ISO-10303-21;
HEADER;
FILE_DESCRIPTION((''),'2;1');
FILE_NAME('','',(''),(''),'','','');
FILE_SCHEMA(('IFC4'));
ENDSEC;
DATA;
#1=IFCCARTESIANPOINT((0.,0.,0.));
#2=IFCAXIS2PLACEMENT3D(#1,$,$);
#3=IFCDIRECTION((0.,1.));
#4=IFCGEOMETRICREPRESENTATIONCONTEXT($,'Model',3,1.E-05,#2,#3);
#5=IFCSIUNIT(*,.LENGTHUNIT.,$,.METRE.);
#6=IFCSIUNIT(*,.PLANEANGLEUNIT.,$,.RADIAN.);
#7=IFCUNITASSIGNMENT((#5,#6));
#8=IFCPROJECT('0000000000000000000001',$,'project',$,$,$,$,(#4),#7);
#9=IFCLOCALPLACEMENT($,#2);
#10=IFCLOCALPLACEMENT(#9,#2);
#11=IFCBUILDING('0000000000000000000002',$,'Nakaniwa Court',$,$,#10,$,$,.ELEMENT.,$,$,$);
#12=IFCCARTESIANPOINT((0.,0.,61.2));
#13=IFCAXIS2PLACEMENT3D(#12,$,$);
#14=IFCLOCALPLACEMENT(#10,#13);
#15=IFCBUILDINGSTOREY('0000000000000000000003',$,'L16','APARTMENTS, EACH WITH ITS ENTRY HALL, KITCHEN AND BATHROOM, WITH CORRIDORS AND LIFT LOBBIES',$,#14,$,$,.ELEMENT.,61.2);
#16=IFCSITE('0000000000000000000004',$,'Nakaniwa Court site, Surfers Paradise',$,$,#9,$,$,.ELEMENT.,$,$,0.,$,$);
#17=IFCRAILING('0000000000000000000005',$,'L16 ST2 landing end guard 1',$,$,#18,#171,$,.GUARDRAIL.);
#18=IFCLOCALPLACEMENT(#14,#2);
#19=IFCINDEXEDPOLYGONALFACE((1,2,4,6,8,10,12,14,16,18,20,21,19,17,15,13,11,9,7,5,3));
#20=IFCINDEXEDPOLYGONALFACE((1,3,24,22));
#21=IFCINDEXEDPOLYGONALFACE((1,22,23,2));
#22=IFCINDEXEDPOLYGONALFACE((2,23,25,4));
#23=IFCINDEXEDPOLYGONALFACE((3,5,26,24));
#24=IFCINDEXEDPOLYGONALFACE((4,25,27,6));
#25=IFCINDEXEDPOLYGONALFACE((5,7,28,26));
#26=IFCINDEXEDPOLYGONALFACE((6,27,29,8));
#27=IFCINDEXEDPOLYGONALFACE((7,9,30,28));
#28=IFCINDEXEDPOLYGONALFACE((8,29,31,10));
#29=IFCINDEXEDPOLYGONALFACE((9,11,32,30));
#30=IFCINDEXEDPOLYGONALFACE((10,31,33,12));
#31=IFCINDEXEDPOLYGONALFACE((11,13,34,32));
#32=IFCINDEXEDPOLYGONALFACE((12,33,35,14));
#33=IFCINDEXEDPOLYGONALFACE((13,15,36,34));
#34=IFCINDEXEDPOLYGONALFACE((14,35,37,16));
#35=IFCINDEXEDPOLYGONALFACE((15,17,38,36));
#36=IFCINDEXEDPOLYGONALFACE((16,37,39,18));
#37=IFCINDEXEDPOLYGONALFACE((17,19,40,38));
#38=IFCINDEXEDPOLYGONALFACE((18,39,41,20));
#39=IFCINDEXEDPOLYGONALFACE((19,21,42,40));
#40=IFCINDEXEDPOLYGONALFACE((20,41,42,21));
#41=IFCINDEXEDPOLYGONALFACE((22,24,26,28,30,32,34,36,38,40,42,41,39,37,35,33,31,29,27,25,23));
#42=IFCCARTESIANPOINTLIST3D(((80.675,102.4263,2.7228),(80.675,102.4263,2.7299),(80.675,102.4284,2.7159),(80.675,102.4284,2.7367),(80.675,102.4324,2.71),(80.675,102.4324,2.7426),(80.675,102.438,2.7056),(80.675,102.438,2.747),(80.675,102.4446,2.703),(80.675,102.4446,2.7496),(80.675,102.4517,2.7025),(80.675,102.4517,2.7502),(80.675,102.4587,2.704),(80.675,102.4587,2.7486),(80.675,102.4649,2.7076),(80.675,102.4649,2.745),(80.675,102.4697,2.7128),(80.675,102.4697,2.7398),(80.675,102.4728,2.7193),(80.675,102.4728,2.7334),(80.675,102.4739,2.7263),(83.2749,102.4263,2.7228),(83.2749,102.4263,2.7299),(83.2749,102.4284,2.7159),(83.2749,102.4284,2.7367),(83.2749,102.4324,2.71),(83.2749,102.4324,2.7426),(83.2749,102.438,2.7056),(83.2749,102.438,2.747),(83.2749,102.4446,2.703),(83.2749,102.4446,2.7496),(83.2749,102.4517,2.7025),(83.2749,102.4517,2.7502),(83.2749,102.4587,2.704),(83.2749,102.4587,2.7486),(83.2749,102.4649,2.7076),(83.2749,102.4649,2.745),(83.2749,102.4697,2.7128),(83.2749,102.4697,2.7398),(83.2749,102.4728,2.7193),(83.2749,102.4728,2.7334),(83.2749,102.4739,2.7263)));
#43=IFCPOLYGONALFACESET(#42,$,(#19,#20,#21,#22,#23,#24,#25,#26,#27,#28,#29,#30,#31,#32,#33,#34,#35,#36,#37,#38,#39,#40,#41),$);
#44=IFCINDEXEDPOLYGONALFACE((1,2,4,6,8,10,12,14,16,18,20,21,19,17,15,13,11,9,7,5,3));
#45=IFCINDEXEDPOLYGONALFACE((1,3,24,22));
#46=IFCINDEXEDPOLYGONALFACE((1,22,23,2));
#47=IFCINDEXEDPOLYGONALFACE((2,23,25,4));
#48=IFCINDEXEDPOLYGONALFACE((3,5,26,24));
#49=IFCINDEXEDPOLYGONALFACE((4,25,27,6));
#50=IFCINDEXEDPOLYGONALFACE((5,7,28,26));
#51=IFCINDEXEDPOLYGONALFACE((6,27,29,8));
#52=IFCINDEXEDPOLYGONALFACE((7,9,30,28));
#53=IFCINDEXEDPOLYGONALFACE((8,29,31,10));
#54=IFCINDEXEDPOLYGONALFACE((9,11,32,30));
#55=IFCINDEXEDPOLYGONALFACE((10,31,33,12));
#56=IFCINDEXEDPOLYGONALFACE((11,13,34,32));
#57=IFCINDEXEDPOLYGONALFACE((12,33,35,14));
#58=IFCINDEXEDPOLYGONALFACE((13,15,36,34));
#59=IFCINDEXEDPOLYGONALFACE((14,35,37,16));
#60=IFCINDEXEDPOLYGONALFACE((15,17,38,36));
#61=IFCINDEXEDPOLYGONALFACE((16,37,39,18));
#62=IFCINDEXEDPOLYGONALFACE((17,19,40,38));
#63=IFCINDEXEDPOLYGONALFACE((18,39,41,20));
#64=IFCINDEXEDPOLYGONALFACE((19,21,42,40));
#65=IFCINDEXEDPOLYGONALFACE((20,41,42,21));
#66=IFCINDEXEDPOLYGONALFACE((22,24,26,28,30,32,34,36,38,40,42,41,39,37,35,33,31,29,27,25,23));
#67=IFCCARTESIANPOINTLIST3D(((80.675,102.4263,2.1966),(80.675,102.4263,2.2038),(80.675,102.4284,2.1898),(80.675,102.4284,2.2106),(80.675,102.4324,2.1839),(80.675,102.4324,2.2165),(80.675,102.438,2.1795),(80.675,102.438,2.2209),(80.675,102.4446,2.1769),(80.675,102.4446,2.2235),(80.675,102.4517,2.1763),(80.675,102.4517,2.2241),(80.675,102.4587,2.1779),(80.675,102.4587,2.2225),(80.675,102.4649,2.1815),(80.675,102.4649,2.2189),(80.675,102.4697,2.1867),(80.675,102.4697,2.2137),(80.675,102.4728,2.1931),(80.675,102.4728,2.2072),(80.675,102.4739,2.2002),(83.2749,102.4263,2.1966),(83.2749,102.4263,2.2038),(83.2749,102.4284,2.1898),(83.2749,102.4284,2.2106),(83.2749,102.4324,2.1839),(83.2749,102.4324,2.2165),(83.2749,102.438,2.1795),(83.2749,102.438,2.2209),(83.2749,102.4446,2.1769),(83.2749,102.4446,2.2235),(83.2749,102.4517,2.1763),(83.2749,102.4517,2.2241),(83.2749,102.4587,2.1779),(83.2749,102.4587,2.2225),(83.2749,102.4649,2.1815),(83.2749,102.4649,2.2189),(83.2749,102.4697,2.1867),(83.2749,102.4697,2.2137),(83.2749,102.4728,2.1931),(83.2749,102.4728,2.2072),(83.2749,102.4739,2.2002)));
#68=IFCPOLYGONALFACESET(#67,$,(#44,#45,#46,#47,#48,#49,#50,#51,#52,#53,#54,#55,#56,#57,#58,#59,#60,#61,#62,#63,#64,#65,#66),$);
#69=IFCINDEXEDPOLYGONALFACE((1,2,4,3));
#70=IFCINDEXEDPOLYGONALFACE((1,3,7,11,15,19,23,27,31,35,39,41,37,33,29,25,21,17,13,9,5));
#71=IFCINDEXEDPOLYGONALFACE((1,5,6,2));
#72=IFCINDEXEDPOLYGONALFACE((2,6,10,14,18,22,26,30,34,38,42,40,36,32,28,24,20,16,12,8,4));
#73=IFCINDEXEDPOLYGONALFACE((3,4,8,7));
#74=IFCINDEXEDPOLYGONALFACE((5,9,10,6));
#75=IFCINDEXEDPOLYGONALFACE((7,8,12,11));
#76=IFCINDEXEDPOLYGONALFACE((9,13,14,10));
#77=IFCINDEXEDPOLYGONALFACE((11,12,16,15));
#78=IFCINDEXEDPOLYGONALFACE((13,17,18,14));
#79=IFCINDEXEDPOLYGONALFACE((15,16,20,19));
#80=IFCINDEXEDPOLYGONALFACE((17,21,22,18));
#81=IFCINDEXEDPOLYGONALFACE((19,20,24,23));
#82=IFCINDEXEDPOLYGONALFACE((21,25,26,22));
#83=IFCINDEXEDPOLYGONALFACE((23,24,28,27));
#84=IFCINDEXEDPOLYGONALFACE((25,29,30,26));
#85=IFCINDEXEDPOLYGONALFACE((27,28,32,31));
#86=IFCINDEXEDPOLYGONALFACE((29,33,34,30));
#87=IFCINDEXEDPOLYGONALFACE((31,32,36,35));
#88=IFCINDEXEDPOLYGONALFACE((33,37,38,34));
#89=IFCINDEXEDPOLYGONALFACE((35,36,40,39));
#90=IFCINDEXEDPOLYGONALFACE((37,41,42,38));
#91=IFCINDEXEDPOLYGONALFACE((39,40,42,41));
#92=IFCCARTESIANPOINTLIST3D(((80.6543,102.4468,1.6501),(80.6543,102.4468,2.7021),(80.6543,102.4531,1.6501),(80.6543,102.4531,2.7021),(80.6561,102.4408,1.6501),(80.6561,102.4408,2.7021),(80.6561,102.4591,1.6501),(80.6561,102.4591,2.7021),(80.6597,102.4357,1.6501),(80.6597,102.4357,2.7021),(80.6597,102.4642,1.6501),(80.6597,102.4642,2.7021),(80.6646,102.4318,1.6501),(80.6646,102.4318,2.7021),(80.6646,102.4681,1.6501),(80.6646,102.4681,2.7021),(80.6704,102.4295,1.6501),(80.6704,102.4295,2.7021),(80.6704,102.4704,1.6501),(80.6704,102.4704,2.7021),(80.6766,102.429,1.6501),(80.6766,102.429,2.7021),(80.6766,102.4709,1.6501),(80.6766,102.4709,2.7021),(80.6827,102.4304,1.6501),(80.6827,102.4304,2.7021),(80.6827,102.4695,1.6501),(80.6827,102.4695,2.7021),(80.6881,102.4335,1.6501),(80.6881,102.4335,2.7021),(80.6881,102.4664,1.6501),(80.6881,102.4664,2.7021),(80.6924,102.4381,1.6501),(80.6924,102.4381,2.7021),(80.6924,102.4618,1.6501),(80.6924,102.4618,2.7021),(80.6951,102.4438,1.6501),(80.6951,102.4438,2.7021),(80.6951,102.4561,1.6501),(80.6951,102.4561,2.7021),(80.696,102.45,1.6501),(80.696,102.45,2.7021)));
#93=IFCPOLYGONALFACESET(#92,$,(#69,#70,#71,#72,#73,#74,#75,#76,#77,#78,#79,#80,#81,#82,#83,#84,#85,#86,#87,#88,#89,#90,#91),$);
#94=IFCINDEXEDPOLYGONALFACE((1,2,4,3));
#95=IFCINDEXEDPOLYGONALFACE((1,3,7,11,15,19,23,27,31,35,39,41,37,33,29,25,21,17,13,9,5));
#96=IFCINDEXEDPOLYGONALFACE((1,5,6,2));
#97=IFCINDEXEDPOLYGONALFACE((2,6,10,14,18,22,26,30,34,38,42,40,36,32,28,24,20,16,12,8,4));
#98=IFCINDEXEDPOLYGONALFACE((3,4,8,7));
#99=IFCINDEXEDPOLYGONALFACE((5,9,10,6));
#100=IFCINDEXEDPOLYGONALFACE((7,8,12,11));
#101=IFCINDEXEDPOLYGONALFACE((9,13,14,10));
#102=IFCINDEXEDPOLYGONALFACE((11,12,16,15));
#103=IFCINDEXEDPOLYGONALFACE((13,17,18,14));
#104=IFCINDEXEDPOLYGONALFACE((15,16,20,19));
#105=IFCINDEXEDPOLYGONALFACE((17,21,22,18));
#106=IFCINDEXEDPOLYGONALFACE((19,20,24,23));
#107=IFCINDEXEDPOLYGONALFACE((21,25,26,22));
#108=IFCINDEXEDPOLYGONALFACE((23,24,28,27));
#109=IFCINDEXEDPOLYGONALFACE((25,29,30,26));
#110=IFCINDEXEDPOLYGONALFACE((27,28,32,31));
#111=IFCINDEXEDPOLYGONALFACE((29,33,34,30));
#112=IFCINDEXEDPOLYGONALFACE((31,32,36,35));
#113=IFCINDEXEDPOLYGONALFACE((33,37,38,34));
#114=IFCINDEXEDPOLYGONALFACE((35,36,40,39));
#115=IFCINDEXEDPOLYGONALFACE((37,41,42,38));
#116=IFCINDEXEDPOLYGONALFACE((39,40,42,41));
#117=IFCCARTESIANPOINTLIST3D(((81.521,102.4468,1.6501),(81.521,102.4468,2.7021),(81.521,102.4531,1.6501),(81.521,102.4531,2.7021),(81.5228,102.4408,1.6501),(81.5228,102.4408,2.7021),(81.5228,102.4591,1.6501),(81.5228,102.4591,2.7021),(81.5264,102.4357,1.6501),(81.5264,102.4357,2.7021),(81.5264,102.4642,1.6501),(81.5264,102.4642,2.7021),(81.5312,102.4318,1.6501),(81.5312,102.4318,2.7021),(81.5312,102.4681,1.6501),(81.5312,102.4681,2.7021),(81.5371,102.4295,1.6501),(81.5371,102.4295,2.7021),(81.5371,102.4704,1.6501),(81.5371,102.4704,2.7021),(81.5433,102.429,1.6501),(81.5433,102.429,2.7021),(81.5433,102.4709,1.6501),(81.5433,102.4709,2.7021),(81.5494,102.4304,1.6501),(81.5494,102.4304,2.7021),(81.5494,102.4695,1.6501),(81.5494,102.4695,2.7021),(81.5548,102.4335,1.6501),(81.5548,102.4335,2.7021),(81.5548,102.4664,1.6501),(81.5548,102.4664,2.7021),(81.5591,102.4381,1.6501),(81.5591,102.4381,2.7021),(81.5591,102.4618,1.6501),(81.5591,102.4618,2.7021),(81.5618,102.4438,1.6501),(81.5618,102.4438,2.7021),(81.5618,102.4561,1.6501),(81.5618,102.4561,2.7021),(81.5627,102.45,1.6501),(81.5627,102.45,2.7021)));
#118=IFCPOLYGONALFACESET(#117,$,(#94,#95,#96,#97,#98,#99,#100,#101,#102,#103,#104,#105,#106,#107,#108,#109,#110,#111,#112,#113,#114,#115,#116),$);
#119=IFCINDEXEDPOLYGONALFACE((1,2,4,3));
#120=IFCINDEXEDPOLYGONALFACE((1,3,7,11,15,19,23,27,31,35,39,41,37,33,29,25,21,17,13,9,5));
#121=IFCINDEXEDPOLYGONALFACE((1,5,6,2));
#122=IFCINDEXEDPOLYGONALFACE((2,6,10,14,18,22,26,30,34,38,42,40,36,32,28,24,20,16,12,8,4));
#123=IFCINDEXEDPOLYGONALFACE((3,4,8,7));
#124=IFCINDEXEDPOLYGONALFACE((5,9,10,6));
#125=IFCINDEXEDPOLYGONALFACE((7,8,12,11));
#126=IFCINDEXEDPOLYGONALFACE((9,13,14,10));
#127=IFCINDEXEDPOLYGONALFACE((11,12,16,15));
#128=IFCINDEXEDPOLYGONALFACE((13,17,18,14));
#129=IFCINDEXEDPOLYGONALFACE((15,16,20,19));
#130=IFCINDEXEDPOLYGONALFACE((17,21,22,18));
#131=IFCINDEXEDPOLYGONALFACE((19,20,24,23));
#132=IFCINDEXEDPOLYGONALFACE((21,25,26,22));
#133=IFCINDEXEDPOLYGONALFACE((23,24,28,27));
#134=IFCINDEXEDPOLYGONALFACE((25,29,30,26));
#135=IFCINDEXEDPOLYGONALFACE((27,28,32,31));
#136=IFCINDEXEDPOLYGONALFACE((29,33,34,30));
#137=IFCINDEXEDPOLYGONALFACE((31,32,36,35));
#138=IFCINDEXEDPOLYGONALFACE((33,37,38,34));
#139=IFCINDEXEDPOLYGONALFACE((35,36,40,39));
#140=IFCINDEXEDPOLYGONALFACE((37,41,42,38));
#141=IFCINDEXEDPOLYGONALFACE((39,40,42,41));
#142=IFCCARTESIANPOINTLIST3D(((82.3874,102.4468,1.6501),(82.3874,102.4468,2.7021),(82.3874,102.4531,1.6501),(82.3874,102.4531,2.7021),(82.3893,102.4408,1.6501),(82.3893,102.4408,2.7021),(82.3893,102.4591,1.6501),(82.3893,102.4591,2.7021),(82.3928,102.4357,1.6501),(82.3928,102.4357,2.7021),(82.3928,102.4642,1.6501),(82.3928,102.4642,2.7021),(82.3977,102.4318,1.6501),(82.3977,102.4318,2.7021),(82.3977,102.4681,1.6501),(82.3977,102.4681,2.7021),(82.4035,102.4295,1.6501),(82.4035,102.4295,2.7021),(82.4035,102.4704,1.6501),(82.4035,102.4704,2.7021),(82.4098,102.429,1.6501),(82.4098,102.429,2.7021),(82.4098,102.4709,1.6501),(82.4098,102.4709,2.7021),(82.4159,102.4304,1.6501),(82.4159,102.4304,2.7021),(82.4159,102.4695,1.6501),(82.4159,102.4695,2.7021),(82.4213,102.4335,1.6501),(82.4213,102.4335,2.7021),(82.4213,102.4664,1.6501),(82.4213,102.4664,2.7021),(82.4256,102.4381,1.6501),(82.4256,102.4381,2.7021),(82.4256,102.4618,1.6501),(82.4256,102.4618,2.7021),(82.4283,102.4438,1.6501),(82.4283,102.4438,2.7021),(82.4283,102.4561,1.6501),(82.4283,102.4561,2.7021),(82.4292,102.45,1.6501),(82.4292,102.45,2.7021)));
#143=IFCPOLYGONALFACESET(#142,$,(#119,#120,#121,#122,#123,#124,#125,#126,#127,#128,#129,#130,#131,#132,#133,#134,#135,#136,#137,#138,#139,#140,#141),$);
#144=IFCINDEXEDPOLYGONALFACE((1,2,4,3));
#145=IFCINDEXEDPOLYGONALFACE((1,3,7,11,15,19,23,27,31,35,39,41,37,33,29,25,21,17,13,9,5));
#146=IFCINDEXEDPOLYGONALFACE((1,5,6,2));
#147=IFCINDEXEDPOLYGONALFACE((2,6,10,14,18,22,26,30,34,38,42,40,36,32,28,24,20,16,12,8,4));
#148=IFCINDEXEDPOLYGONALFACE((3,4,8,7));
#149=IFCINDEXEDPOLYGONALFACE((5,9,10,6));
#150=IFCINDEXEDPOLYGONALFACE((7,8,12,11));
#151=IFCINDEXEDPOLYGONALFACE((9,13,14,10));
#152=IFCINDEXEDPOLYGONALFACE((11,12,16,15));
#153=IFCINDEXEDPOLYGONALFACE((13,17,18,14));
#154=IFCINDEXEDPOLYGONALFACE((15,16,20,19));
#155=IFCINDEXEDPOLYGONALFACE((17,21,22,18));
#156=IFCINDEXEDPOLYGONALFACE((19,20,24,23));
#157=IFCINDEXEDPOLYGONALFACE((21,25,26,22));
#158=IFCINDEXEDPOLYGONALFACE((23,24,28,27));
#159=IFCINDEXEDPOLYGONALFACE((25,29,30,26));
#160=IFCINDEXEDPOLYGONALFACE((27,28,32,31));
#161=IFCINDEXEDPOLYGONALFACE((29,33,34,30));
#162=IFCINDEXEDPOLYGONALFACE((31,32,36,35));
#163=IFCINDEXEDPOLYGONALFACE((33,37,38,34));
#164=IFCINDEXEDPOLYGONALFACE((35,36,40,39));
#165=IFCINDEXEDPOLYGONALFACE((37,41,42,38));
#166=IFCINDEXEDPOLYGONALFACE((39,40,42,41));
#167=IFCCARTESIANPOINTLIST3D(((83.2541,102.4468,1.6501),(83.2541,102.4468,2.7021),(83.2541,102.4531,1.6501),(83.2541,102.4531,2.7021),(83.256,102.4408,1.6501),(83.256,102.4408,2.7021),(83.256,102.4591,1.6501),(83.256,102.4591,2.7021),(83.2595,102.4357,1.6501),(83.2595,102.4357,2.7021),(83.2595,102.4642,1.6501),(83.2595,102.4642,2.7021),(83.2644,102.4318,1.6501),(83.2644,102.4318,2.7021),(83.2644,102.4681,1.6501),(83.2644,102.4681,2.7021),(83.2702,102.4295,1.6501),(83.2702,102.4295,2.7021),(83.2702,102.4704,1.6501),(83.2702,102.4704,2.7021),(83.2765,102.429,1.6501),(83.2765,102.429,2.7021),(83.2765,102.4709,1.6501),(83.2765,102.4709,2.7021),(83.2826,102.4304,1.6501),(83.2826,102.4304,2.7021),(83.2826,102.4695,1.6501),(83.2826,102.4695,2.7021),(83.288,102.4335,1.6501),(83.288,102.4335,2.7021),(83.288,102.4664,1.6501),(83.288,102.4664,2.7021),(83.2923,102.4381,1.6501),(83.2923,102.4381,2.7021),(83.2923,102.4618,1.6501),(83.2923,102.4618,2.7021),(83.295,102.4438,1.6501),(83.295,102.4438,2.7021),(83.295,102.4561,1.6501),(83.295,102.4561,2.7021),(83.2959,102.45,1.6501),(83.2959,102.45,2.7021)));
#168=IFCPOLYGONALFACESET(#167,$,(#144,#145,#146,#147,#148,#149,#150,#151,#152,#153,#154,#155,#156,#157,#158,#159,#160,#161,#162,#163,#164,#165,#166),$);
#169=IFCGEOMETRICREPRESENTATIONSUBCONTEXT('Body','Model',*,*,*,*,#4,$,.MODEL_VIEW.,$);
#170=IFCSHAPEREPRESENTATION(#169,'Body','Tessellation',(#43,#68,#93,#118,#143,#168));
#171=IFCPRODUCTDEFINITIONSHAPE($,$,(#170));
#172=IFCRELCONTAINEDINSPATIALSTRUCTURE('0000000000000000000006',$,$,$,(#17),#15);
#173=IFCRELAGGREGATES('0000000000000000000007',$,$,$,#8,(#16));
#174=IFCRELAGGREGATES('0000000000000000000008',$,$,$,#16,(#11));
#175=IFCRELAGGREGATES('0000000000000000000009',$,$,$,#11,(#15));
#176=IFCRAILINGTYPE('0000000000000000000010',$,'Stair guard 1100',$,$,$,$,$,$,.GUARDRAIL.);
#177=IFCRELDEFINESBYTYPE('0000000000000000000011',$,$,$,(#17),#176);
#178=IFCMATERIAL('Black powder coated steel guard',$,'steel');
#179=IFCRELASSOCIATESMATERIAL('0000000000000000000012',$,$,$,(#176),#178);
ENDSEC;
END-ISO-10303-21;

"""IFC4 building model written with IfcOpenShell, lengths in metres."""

from ifc_helpers import new_model, si_unit, direction, frame, origin, origin_2d, place, context, subcontext, project, spatial, circle, extrude, material, type_object, element, save


model = new_model("IFC4")

# Units and contexts
model_context = context("Model", 3, precision=1e-05, world=origin(), true_north=direction((0.0, 1.0)))
body_context = subcontext(model_context, "Body", "Model", "MODEL_VIEW")
ifc_project = project(units=[si_unit("LENGTHUNIT", "METRE"), si_unit("PLANEANGLEUNIT", "RADIAN")], contexts=[model_context])

# Site, building, storey
site_placement = place(None, origin())
site = spatial("IfcSite", under=ifc_project, at=site_placement, Name="Nakaniwa Court site, Surfers Paradise", CompositionType="ELEMENT", RefElevation=0.0)
building_placement = place(site_placement, origin())
building = spatial("IfcBuilding", under=site, at=building_placement, Name="Nakaniwa Court", CompositionType="ELEMENT")
storey_placement = place(building_placement, frame((0.0, 0.0, 61.2)))
storey = spatial("IfcBuildingStorey", under=building, at=storey_placement, Name="L16", Description="APARTMENTS, EACH WITH ITS ENTRY HALL, KITCHEN AND BATHROOM, WITH CORRIDORS AND LIFT LOBBIES", CompositionType="ELEMENT", Elevation=61.2)

# Railing
ifc_material_1 = material(Name="Black powder coated steel guard", Category="steel")
railing_type_1 = type_object("IfcRailingType", Name="Stair guard 1100", PredefinedType="GUARDRAIL", material=ifc_material_1)
railing_1_placement = place(storey_placement, frame((80.675, 102.45, 1.6501)))
element("IfcRailing", 1, at=railing_1_placement, inside=storey, type_object=railing_type_1, Name="L16 ST2 landing end guard 1", PredefinedType="GUARDRAIL", context=body_context, shape_type="SweptSolid", body=[
    extrude(circle(Radius=0.0239, at=origin_2d()), frame((0.0, 0.0, 1.0762), z_axis=(1.0, 0.0, 0.0), x_axis=(0.0, 1.0, 0.0)), (0.0, 0.0, 1.0), 2.5999),
    extrude(circle(Radius=0.0239, at=origin_2d()), frame((0.0, 0.0, 0.55), z_axis=(1.0, 0.0, 0.0), x_axis=(0.0, 1.0, 0.0)), (0.0, 0.0, 1.0), 2.5999),
    extrude(circle(Radius=0.021, at=origin_2d()), origin(), (0.0, 0.0, 1.0), 1.052),
    extrude(circle(Radius=0.021, at=origin_2d()), frame((0.8667, 0.0, 0.0)), (0.0, 0.0, 1.0), 1.052),
    extrude(circle(Radius=0.021, at=origin_2d()), frame((1.7332, 0.0, 0.0)), (0.0, 0.0, 1.0), 1.052),
    extrude(circle(Radius=0.021, at=origin_2d()), frame((2.5999, 0.0, 0.0)), (0.0, 0.0, 1.0), 1.052),
])

save(model, "model.ifc")
